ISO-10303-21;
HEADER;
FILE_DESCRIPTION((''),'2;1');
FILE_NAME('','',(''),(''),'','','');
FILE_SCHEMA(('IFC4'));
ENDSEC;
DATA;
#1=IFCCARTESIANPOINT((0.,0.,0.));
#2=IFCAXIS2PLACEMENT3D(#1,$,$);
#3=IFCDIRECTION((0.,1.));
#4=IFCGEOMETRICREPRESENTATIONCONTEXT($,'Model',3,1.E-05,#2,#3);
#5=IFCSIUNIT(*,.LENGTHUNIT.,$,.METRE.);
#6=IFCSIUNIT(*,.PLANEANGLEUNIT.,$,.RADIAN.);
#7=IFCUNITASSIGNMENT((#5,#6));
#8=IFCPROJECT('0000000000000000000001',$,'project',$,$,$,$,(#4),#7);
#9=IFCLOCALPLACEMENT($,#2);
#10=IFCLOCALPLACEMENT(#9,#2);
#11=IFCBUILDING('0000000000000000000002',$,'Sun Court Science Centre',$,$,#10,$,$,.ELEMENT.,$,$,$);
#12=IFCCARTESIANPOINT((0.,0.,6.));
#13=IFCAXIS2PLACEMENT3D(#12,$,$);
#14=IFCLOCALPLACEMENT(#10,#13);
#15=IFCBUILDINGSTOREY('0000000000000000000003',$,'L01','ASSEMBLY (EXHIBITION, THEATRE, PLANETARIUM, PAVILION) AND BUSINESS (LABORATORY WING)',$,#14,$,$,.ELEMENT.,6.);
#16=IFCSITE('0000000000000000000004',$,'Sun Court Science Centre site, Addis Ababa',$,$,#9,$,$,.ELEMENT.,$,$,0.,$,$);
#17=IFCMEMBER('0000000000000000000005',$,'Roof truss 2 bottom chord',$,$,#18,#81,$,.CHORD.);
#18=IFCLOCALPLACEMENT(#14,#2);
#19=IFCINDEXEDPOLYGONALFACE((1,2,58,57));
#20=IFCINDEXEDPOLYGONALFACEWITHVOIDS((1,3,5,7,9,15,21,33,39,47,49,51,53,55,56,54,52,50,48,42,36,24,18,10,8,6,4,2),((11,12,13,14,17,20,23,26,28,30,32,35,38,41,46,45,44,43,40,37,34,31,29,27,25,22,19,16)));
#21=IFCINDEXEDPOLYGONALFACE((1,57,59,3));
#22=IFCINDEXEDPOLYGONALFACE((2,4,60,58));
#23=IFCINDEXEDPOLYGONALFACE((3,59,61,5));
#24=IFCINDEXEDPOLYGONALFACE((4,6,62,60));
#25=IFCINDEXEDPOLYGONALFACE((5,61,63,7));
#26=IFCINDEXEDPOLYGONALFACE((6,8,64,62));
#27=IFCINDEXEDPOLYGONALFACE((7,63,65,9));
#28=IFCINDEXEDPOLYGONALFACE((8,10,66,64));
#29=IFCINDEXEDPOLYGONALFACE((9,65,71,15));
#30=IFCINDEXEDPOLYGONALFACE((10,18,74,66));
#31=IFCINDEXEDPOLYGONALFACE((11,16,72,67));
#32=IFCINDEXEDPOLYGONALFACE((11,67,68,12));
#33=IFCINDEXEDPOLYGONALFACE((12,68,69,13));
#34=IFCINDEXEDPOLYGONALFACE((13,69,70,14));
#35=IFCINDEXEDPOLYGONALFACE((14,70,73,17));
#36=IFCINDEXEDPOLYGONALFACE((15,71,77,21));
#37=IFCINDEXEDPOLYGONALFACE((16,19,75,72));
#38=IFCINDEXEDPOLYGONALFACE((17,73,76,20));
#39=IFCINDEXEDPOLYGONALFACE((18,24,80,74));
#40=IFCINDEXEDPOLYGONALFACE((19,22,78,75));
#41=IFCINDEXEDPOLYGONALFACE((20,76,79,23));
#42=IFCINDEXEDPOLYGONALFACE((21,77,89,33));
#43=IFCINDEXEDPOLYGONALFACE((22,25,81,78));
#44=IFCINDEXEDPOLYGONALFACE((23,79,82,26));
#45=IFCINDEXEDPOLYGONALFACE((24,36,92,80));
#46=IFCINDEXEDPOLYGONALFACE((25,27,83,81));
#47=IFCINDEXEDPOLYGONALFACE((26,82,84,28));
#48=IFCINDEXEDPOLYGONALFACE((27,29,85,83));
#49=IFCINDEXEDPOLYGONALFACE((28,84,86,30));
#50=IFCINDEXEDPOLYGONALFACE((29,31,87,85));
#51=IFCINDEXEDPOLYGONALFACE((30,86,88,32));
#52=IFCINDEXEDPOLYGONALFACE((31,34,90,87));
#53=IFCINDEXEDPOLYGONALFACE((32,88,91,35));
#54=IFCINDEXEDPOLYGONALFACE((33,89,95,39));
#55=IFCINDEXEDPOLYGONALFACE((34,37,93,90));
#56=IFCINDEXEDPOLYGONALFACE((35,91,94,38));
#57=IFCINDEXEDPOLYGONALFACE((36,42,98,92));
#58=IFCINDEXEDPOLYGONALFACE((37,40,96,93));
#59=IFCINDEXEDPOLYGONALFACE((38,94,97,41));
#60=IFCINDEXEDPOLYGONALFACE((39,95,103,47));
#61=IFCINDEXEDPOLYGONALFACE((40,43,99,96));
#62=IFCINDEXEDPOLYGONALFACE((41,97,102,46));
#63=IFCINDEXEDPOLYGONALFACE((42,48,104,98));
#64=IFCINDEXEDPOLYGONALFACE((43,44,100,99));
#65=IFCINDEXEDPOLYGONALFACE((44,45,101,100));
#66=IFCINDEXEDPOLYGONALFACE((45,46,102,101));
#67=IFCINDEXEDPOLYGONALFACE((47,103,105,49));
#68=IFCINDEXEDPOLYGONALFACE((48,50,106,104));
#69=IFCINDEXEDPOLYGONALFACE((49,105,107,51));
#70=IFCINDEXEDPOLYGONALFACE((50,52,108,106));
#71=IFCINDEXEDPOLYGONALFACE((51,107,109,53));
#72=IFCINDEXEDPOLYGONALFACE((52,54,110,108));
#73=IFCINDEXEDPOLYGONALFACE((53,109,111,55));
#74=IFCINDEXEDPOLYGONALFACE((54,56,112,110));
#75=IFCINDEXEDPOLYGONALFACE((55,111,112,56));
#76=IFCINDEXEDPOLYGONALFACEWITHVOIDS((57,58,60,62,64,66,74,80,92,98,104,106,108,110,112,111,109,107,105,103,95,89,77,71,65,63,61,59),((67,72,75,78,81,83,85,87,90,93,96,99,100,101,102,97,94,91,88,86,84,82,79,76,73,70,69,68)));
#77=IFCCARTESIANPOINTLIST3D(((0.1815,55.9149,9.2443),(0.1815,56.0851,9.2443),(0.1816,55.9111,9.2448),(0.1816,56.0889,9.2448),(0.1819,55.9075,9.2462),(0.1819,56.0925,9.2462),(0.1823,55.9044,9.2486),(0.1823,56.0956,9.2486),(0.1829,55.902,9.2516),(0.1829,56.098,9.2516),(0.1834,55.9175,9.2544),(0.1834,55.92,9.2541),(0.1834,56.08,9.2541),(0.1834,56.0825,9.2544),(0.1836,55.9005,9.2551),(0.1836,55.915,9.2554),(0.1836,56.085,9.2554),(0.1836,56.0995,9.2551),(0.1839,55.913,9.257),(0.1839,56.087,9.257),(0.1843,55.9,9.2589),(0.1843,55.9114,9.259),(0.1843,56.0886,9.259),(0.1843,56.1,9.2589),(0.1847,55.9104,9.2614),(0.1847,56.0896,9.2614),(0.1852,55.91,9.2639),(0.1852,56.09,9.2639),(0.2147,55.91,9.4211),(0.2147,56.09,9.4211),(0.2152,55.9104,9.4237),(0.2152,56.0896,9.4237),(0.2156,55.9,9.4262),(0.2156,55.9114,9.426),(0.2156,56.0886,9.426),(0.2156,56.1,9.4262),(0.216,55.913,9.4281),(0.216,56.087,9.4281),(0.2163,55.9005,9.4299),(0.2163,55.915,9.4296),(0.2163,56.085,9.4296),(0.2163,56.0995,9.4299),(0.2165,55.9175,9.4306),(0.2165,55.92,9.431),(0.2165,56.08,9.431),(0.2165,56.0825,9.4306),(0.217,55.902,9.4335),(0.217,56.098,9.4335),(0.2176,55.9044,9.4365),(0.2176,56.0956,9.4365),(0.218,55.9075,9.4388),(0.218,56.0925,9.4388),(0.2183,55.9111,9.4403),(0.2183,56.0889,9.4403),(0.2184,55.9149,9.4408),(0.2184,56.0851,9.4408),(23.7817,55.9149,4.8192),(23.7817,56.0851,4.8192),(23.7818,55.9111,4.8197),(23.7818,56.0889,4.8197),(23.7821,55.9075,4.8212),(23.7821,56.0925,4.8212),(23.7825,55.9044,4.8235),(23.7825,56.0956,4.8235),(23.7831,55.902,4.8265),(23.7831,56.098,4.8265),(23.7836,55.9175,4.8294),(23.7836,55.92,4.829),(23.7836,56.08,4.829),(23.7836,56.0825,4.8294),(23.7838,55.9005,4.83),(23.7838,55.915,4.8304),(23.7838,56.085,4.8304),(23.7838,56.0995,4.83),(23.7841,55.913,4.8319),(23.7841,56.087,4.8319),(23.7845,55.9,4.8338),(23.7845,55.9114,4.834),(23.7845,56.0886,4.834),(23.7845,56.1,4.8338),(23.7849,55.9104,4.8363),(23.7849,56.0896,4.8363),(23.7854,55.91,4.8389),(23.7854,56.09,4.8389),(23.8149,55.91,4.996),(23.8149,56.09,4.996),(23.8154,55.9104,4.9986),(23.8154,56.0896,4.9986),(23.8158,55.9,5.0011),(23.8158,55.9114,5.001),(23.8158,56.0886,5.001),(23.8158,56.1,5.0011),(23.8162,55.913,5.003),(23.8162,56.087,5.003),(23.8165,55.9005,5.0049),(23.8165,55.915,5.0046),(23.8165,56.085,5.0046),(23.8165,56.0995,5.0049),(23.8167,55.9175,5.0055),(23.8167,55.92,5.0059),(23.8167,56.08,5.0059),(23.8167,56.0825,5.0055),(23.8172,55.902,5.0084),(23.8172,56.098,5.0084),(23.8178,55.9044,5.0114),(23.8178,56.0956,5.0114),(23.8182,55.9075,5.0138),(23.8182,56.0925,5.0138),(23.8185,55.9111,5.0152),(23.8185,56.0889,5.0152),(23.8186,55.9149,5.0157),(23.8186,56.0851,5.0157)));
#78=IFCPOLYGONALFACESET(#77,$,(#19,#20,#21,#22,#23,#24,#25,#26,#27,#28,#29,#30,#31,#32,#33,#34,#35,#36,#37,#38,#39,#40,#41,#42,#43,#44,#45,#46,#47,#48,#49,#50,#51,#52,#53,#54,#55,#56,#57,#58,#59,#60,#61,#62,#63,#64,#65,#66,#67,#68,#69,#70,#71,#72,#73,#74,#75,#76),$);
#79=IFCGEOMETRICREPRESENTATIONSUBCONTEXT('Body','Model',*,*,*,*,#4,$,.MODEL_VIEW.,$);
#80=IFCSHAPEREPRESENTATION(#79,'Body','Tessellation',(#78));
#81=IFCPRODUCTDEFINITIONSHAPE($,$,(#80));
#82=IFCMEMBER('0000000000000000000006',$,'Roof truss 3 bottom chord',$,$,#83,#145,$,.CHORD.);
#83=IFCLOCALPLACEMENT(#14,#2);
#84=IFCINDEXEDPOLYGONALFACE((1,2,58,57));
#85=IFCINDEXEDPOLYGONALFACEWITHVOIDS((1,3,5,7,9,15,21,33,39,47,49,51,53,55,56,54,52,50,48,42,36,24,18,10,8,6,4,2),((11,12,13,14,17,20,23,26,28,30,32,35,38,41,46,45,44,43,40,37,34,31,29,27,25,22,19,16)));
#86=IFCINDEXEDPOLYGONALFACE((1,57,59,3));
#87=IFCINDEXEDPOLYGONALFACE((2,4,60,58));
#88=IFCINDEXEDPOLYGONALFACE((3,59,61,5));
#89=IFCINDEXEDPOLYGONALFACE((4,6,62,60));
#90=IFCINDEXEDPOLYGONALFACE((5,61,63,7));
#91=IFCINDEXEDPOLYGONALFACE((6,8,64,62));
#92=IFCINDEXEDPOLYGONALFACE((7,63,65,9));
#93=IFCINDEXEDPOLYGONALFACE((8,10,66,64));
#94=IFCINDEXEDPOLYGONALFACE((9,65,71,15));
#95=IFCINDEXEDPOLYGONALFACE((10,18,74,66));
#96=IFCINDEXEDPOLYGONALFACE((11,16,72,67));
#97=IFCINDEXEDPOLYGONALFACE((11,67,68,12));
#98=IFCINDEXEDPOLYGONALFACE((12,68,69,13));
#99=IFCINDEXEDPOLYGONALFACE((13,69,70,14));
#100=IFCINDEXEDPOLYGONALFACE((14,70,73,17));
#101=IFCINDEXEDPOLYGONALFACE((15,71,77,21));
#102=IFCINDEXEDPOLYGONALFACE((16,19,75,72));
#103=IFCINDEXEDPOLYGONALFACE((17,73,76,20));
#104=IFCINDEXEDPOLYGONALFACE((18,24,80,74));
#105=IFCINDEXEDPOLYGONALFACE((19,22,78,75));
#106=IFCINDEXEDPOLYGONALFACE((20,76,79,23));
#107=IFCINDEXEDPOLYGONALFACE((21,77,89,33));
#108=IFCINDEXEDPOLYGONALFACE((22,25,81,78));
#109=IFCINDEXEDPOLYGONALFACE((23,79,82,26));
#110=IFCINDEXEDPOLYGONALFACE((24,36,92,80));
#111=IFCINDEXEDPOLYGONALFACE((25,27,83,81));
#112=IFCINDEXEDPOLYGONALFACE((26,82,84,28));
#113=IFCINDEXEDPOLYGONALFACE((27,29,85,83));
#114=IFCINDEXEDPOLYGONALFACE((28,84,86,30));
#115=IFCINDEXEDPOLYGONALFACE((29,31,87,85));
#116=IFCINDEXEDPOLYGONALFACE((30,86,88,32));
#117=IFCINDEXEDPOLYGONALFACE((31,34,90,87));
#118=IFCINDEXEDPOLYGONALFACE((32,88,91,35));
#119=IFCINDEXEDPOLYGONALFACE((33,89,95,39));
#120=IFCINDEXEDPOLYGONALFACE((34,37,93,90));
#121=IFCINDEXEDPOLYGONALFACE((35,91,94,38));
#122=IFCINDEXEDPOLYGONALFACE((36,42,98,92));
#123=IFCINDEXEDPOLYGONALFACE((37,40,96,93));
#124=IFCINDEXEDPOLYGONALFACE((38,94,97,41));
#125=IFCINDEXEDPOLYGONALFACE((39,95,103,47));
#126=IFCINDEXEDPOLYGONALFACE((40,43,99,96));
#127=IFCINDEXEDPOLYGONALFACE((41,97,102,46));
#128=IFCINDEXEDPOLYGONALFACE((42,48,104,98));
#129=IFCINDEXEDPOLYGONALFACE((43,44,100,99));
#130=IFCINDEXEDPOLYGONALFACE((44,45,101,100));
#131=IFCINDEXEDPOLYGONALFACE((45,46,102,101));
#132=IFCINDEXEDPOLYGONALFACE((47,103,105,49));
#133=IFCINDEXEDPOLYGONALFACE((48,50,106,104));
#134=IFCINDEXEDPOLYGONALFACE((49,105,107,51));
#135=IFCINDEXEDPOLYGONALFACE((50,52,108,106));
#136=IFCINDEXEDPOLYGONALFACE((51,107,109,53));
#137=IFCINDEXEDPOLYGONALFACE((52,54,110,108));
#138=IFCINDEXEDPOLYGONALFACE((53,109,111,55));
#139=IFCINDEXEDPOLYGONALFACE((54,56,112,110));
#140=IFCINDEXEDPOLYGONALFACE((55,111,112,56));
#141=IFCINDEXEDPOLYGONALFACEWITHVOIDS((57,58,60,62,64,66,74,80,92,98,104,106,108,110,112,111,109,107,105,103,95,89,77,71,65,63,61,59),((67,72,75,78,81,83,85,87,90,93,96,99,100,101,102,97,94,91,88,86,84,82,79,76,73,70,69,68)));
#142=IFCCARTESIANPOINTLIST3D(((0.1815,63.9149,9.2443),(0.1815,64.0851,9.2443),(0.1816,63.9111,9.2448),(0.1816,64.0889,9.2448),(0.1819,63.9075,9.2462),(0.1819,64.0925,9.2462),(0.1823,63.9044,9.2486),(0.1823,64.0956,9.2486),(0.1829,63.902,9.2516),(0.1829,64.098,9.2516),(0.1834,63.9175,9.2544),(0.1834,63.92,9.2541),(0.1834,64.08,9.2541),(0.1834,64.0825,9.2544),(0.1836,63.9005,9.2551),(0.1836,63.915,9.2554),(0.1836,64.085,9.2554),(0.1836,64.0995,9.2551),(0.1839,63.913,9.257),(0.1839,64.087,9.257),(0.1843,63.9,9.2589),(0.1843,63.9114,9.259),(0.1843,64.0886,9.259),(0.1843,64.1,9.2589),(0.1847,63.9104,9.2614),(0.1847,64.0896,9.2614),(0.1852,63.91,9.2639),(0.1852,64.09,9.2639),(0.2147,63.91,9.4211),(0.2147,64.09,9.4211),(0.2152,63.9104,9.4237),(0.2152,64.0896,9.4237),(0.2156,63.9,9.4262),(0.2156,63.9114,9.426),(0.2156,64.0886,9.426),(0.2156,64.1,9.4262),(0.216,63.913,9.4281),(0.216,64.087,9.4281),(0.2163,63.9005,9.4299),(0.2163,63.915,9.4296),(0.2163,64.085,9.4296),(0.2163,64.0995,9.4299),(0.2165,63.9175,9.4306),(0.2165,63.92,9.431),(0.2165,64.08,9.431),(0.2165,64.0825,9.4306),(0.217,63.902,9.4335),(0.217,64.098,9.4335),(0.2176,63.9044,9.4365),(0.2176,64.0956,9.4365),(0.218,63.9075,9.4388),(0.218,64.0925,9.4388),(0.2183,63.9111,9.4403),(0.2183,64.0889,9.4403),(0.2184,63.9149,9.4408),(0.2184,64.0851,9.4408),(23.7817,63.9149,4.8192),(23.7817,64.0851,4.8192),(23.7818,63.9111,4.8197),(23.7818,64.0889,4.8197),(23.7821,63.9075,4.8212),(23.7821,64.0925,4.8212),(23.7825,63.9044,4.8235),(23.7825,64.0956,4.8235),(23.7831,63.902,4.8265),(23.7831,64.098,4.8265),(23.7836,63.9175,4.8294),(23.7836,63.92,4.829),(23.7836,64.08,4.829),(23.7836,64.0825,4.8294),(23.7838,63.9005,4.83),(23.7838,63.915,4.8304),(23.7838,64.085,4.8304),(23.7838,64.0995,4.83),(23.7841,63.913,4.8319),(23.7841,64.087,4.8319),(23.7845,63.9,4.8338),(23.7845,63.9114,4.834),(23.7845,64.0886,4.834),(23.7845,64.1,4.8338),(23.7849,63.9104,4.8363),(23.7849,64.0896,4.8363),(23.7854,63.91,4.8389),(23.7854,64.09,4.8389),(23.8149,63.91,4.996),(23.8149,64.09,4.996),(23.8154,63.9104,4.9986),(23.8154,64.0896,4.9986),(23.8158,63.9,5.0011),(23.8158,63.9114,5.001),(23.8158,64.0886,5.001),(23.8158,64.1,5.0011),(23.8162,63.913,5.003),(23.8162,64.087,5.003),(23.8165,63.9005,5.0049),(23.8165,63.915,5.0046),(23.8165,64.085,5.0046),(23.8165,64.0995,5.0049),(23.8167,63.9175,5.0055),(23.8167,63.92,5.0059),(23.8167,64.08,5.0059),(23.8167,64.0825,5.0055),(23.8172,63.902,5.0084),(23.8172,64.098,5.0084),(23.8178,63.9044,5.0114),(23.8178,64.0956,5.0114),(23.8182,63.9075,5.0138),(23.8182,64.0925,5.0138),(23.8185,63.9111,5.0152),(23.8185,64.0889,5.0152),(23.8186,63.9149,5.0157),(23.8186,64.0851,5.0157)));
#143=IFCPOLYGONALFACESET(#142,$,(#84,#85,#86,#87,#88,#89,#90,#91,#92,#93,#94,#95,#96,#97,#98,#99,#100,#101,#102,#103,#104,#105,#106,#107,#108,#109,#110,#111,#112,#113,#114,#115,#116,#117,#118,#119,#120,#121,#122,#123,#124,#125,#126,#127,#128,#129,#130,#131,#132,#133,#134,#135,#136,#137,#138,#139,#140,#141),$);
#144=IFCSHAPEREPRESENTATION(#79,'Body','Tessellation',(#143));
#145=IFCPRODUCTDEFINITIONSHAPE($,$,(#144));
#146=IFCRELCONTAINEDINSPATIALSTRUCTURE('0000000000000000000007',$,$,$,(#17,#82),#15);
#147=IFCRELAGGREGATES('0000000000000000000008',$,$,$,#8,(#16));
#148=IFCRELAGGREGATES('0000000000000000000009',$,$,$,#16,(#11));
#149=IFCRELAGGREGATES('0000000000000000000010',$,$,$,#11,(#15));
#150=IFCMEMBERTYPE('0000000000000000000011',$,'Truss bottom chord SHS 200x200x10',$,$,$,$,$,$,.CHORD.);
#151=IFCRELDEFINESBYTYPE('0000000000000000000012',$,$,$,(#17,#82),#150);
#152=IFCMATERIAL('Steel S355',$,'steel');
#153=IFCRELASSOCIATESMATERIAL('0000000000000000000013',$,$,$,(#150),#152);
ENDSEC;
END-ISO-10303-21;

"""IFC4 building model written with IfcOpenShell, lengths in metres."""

from ifc_helpers import new_model, si_unit, direction, frame, origin, origin_2d, place, context, subcontext, project, spatial, hollow_rectangle, extrude, material, material_profile, profile_set, type_object, element, save


model = new_model("IFC4")

# Units and contexts
model_context = context("Model", 3, precision=1e-05, world=origin(), true_north=direction((0.0, 1.0)))
body_context = subcontext(model_context, "Body", "Model", "MODEL_VIEW")
ifc_project = project(units=[si_unit("LENGTHUNIT", "METRE"), si_unit("PLANEANGLEUNIT", "RADIAN")], contexts=[model_context])

# Site, building, storey
site_placement = place(None, origin())
site = spatial("IfcSite", under=ifc_project, at=site_placement, Name="Sun Court Science Centre site, Addis Ababa", CompositionType="ELEMENT", RefElevation=0.0)
building_placement = place(site_placement, origin())
building = spatial("IfcBuilding", under=site, at=building_placement, Name="Sun Court Science Centre", CompositionType="ELEMENT")
storey_placement = place(building_placement, frame((0.0, 0.0, 6.0)))
storey = spatial("IfcBuildingStorey", under=building, at=storey_placement, Name="L01", Description="ASSEMBLY (EXHIBITION, THEATRE, PLANETARIUM, PAVILION) AND BUSINESS (LABORATORY WING)", CompositionType="ELEMENT", Elevation=6.0)

# Members
ifc_material_1 = material(Name="Steel S355", Category="steel")
ifc_material_profile_1 = material_profile(ifc_material_1, hollow_rectangle(XDim=0.2, YDim=0.2, WallThickness=0.01, InnerFilletRadius=0.01, OuterFilletRadius=0.0149, at=origin_2d()), Name="SHS 200x200x10")
ifc_profile_set_1 = profile_set([ifc_material_profile_1], Name="Steel S355")
member_type_1 = type_object("IfcMemberType", Name="Truss bottom chord SHS 200x200x10", PredefinedType="CHORD", material=ifc_profile_set_1)
for number, where, z_axis, x_axis, name in (
    (1, (0.2, 56.0, 9.3425), (0.982872, 0.0, -0.18429), (0.0, 1.0, 0.0), "Roof truss 2 bottom chord"),
    (2, (0.2, 64.0, 9.3425), (0.982872, 0.0, -0.18429), (0.0, 1.0, 0.0), "Roof truss 3 bottom chord"),
):
    element("IfcMember", number, at=place(storey_placement, frame(where, z_axis=z_axis, x_axis=x_axis)), inside=storey, type_object=member_type_1, Name=name, PredefinedType="CHORD", context=body_context, shape_type="SweptSolid", body=[
        extrude(hollow_rectangle(XDim=0.2, YDim=0.2, WallThickness=0.01, InnerFilletRadius=0.01, OuterFilletRadius=0.0149, at=origin_2d()), origin(), (0.0, 0.0, 1.0), 24.0115),
    ])

save(model, "model.ifc")
